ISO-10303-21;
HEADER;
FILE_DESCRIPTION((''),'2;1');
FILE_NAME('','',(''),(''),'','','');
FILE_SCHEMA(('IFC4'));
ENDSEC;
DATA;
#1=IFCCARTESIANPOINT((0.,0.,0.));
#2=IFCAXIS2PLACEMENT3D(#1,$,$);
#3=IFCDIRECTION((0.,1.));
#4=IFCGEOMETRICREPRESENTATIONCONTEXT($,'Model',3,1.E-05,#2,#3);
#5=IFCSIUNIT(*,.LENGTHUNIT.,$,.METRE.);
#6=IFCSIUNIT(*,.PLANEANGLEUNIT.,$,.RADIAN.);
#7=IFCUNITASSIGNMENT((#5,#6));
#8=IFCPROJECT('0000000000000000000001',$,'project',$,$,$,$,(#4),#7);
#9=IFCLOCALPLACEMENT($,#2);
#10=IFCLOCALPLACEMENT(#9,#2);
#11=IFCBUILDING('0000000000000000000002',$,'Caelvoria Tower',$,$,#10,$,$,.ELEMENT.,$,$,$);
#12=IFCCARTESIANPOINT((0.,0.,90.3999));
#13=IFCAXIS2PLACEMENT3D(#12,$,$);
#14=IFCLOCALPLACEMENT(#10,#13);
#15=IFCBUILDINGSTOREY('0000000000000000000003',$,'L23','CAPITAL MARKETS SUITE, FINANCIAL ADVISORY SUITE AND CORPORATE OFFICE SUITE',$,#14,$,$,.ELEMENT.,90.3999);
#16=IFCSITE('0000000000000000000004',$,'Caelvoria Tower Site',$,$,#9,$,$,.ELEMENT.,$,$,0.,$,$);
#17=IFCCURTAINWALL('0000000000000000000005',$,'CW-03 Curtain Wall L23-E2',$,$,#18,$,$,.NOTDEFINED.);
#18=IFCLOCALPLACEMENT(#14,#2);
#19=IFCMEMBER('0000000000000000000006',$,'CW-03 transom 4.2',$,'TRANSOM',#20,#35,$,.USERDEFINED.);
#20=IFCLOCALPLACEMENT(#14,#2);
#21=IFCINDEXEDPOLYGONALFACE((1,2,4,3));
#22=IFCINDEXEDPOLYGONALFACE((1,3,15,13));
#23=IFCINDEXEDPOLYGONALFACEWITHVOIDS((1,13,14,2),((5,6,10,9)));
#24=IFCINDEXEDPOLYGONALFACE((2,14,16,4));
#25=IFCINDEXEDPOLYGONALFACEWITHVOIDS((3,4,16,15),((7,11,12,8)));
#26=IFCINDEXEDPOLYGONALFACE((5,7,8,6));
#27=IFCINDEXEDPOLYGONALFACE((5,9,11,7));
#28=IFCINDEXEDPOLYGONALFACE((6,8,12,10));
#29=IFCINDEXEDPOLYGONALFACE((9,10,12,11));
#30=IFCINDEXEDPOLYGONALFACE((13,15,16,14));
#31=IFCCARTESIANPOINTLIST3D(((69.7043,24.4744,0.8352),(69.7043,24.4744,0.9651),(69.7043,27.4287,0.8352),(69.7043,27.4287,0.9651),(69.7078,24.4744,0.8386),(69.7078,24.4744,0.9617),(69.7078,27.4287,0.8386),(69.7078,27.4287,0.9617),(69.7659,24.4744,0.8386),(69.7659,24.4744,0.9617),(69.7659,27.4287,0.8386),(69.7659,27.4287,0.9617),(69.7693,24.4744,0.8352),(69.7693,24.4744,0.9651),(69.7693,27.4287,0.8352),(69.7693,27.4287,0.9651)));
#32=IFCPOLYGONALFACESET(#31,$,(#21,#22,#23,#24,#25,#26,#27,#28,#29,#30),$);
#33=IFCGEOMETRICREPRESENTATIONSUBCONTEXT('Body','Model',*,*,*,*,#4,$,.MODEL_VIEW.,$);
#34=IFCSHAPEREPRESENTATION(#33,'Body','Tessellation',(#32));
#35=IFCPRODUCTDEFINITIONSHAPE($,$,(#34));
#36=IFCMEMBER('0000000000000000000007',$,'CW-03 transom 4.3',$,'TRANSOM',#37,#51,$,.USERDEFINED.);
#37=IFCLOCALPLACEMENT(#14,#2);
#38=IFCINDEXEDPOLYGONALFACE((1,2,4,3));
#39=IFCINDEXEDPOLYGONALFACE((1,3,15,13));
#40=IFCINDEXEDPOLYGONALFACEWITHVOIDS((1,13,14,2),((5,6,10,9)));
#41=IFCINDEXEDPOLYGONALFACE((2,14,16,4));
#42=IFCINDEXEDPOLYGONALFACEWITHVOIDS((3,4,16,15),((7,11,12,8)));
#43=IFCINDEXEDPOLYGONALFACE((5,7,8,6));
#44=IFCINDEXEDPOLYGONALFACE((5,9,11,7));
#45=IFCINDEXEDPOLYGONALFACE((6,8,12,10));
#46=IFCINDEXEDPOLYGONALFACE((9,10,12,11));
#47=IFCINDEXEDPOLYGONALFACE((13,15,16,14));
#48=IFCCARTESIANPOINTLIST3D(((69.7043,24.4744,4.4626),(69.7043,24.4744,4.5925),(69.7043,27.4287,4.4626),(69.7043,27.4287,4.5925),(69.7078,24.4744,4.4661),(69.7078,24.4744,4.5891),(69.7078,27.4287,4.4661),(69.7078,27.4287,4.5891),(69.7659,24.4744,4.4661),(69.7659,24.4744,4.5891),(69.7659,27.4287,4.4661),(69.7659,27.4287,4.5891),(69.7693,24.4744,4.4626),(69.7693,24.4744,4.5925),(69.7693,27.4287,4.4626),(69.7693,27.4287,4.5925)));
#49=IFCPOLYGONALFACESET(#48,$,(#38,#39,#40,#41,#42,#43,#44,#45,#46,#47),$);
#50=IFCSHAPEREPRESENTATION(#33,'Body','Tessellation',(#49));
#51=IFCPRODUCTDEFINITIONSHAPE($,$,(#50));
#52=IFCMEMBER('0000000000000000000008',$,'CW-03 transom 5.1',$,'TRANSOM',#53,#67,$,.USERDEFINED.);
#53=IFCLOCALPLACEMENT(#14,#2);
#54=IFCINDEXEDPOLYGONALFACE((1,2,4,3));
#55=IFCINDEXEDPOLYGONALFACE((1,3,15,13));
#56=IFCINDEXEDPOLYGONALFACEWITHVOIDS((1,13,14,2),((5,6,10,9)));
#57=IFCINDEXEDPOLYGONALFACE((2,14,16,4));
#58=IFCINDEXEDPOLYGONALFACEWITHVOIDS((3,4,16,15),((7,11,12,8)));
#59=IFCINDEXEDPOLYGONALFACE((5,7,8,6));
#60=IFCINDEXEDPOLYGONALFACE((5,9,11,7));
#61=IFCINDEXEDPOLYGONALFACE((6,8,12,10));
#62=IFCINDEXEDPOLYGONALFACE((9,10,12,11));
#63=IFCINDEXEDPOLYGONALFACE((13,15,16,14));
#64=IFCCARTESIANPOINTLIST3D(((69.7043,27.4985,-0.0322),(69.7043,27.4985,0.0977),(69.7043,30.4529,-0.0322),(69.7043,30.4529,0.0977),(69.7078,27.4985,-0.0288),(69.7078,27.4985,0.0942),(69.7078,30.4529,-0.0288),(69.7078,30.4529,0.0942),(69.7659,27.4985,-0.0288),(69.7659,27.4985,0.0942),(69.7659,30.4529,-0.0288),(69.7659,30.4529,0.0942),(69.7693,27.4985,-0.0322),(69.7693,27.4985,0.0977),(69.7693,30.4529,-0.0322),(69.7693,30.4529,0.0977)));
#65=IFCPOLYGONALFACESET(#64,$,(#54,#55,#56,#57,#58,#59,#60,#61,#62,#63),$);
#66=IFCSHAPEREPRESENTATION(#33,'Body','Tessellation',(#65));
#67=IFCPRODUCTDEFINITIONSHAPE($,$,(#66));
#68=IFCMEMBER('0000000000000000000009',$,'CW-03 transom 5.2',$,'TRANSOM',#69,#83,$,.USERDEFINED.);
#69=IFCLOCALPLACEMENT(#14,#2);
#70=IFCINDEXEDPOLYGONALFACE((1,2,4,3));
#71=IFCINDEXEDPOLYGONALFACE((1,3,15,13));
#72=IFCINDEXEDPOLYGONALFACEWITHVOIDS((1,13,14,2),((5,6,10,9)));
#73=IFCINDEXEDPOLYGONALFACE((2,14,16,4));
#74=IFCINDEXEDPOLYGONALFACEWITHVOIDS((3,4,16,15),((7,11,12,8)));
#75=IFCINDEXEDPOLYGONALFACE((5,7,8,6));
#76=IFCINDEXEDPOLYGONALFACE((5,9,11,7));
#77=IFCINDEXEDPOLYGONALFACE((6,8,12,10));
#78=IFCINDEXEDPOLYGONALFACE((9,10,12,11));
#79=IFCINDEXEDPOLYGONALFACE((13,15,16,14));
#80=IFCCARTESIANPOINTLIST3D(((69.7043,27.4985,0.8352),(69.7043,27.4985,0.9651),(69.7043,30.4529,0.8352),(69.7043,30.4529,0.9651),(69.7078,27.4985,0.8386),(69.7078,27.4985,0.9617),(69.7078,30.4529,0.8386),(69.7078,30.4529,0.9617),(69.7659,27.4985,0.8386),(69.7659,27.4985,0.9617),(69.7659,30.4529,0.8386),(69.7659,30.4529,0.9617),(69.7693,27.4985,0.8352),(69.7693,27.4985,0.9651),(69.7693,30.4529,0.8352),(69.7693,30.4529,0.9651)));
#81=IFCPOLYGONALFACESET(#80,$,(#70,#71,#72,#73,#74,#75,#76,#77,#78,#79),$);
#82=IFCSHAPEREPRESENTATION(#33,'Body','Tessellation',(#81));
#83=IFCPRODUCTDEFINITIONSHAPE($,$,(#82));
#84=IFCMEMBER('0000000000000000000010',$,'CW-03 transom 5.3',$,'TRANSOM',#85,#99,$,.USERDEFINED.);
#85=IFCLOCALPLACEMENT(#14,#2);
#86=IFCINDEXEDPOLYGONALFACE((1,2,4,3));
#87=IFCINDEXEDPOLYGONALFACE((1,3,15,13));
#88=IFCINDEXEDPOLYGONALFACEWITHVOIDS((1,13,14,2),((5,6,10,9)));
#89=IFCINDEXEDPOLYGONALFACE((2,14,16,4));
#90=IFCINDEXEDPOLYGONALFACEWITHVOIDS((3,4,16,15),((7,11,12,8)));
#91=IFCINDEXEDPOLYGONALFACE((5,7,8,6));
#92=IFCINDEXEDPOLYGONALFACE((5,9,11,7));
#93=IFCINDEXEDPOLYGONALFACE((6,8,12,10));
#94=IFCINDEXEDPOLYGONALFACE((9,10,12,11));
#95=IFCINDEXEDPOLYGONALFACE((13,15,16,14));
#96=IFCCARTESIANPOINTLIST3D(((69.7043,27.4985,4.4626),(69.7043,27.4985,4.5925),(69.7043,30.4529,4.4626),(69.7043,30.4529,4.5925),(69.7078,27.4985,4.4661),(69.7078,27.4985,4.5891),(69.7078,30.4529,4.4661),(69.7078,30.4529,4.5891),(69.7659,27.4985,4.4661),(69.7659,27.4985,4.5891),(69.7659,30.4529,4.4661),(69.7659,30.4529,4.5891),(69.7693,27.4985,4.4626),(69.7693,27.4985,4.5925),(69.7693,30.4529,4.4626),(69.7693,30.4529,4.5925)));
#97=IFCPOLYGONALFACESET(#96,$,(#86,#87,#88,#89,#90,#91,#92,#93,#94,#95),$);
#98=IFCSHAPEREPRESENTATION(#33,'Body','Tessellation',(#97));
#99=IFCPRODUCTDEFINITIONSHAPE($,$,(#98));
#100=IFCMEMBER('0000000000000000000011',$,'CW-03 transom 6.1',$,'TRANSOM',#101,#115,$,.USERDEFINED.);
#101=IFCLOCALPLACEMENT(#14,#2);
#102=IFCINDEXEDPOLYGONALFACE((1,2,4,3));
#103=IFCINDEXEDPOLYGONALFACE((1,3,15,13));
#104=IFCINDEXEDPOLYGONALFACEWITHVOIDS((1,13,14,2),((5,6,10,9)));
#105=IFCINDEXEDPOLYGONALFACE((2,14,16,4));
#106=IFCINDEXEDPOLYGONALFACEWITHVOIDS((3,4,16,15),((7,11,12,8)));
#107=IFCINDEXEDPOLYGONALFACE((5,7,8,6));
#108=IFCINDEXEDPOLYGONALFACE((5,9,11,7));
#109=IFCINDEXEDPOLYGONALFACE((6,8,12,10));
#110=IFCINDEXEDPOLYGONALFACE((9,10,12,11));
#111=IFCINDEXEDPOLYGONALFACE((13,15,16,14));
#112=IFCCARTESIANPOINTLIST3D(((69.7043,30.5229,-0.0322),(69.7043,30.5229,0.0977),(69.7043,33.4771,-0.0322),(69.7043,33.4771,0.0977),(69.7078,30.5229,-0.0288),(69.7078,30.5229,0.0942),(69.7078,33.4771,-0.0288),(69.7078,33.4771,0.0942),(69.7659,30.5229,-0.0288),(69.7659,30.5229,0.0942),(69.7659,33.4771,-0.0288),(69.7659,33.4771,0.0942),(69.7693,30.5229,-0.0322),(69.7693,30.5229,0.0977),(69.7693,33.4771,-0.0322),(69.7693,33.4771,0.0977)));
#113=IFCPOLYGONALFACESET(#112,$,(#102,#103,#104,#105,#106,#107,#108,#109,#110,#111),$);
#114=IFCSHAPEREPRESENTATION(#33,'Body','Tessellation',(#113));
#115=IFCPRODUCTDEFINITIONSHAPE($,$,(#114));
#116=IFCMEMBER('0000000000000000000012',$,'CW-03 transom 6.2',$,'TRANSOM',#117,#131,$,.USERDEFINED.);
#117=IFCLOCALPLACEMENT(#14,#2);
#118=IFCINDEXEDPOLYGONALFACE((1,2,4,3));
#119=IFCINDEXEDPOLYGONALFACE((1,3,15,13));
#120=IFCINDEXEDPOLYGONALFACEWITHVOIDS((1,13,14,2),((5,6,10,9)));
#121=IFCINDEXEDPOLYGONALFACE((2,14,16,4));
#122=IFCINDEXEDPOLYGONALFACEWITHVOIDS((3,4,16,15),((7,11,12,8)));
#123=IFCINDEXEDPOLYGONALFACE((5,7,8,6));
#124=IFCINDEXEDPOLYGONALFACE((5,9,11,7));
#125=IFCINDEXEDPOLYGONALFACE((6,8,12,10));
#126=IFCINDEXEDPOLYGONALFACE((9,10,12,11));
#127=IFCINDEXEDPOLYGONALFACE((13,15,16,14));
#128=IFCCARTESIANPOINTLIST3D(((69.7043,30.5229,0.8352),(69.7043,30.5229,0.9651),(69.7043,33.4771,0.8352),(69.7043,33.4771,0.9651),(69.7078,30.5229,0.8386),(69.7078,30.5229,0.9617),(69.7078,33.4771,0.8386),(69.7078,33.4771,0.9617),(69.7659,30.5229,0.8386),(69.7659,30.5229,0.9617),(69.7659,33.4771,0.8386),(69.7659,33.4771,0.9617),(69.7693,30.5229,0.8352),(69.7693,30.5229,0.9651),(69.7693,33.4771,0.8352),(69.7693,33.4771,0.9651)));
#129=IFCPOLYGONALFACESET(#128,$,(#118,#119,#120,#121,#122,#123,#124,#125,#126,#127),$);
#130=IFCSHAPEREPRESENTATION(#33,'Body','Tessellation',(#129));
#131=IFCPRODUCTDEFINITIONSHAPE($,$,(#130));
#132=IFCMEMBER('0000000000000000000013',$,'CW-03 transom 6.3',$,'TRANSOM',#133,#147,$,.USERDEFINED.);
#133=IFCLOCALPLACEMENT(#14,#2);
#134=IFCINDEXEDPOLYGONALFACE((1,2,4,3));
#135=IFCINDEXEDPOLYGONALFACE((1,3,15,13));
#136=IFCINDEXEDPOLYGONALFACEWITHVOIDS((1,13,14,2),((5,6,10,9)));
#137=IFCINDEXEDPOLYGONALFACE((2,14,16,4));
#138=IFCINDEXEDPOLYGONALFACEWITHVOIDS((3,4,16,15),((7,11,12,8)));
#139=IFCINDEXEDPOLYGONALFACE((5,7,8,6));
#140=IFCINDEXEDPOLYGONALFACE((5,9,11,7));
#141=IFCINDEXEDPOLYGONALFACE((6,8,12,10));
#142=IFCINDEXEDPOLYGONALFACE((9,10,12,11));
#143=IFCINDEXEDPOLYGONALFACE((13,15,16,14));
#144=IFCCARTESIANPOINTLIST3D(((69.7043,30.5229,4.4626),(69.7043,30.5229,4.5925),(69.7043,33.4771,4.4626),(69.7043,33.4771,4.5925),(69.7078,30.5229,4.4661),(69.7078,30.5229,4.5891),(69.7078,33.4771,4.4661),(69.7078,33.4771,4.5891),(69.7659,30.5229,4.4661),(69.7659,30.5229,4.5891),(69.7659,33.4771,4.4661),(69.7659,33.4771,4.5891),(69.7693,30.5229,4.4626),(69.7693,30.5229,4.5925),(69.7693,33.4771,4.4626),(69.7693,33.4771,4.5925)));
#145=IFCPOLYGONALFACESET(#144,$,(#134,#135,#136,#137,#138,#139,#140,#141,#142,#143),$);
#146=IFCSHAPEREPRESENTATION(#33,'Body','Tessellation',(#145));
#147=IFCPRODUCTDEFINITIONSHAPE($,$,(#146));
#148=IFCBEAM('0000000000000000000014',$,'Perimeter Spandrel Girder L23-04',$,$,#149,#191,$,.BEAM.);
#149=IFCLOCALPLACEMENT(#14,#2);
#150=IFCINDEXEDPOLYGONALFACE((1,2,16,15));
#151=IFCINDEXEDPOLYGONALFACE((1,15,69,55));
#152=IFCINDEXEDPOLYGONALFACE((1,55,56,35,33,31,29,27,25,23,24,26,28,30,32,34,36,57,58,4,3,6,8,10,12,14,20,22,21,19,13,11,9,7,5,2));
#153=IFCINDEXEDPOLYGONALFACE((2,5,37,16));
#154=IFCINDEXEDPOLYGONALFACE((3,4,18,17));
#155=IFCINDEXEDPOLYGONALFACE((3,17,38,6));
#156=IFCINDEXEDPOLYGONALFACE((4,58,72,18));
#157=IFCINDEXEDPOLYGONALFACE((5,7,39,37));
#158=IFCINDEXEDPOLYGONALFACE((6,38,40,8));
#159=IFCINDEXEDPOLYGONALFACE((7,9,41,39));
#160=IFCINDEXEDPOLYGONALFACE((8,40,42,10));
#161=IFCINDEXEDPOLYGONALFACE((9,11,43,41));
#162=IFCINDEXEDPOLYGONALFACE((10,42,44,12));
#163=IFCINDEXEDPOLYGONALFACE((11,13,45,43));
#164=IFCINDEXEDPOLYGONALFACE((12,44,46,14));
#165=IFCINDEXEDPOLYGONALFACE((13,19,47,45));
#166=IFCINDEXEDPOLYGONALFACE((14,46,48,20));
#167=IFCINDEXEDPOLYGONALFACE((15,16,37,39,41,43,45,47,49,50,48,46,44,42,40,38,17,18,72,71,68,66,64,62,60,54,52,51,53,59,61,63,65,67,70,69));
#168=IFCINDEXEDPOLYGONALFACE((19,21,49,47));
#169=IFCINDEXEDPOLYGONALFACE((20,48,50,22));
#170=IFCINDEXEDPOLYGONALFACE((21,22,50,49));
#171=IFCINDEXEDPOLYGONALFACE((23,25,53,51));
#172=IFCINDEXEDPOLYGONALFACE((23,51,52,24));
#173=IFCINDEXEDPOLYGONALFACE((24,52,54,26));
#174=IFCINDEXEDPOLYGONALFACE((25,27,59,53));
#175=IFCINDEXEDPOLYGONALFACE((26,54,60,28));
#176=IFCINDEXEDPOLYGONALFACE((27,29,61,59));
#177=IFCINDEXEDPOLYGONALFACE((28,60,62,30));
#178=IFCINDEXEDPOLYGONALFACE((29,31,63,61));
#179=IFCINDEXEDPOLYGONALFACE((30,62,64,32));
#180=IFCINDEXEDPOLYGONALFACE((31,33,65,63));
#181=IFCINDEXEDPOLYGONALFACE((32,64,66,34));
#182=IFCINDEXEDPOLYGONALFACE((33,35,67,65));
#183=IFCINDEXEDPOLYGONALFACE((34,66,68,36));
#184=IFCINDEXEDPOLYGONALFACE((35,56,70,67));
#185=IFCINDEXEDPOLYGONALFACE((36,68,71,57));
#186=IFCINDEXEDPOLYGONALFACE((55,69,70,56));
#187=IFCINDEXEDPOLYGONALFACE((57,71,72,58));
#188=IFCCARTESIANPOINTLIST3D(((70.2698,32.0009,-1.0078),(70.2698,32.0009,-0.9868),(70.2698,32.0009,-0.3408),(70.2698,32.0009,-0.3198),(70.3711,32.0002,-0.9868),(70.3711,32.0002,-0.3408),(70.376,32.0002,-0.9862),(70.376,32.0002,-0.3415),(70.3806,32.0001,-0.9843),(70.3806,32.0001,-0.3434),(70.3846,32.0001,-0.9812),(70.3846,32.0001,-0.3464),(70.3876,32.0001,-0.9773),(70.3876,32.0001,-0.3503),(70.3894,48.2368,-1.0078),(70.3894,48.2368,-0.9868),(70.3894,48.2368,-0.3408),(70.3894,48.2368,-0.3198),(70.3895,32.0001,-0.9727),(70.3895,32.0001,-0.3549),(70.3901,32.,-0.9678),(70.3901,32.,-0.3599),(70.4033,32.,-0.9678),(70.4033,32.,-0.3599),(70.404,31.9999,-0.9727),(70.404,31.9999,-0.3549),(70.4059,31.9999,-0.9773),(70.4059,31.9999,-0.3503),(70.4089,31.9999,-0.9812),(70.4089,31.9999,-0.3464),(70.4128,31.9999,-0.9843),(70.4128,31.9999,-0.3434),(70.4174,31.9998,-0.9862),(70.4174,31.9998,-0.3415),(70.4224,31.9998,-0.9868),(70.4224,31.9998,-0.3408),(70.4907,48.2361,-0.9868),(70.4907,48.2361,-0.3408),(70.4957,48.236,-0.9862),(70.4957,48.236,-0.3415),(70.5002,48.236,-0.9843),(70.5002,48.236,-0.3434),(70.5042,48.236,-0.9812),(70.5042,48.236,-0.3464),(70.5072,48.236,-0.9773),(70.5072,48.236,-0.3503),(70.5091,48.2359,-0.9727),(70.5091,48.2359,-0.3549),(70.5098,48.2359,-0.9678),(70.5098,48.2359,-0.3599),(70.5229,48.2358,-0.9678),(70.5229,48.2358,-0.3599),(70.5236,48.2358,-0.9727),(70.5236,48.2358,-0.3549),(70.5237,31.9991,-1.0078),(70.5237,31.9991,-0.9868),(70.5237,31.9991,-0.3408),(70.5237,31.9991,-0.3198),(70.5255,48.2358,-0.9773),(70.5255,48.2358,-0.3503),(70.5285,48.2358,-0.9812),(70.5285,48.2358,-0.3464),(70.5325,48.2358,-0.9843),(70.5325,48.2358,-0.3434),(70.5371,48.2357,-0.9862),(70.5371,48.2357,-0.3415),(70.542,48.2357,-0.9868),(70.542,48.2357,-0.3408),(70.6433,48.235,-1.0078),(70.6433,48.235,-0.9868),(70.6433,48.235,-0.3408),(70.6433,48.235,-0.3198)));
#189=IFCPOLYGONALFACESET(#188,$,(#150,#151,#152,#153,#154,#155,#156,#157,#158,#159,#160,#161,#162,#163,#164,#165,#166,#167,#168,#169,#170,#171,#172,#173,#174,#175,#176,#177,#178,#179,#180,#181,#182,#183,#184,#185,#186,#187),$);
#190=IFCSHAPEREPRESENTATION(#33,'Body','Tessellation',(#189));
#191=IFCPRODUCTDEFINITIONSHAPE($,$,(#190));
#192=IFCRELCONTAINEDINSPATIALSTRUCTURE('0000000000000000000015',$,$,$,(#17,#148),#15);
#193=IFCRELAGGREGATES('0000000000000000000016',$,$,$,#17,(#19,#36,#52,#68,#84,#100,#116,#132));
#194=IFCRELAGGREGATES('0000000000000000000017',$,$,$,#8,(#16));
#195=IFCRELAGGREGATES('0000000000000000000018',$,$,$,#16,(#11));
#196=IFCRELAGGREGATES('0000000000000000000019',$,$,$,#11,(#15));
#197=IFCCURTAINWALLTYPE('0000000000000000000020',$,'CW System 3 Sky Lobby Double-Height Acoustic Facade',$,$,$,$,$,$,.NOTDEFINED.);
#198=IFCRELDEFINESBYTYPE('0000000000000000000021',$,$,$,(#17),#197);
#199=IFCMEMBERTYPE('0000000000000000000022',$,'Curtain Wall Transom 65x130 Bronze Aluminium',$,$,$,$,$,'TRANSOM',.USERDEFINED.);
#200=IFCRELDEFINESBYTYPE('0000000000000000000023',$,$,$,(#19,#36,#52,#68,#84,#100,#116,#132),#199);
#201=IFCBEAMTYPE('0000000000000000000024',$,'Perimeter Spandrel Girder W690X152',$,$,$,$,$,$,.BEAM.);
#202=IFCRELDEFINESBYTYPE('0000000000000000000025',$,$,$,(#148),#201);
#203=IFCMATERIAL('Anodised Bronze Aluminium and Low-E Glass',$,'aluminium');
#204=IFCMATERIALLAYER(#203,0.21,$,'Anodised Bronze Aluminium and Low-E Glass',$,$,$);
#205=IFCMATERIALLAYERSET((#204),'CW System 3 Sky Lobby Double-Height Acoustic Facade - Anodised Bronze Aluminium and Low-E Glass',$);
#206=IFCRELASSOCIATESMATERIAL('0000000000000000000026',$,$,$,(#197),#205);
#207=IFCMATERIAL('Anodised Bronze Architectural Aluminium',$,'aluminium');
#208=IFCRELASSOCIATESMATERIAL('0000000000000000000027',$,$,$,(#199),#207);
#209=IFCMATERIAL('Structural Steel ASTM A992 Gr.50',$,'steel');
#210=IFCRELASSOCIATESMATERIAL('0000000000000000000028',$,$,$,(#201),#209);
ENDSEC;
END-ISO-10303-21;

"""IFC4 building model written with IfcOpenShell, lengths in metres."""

from ifc_helpers import new_model, si_unit, direction, frame, origin, origin_2d, place, context, subcontext, project, spatial, hollow_rectangle, i_section, extrude, material, layer, layer_set, material_profile, profile_set, type_object, element, aggregate, save


model = new_model("IFC4")

# Units and contexts
model_context = context("Model", 3, precision=1e-05, world=origin(), true_north=direction((0.0, 1.0)))
body_context = subcontext(model_context, "Body", "Model", "MODEL_VIEW")
ifc_project = project(units=[si_unit("LENGTHUNIT", "METRE"), si_unit("PLANEANGLEUNIT", "RADIAN")], contexts=[model_context])

# Site, building, storey
site_placement = place(None, origin())
site = spatial("IfcSite", under=ifc_project, at=site_placement, Name="Caelvoria Tower Site", CompositionType="ELEMENT", RefElevation=0.0)
building_placement = place(site_placement, origin())
building = spatial("IfcBuilding", under=site, at=building_placement, Name="Caelvoria Tower", CompositionType="ELEMENT")
storey_placement = place(building_placement, frame((0.0, 0.0, 90.3999)))
storey = spatial("IfcBuildingStorey", under=building, at=storey_placement, Name="L23", Description="CAPITAL MARKETS SUITE, FINANCIAL ADVISORY SUITE AND CORPORATE OFFICE SUITE", CompositionType="ELEMENT", Elevation=90.3999)

# Curtain wall, members
ifc_material_1 = material(Name="Anodised Bronze Aluminium and Low-E Glass", Category="aluminium")
ifc_layer_1 = layer(ifc_material_1, 0.21, Name="Anodised Bronze Aluminium and Low-E Glass")
ifc_layer_set_1 = layer_set([ifc_layer_1], Name="CW System 3 Sky Lobby Double-Height Acoustic Facade - Anodised Bronze Aluminium and Low-E Glass")
curtain_wall_type = type_object("IfcCurtainWallType", Name="CW System 3 Sky Lobby Double-Height Acoustic Facade", PredefinedType="NOTDEFINED", material=ifc_layer_set_1)
curtain_wall_placement = place(storey_placement, origin())
curtain_wall = element("IfcCurtainWall", 1, at=curtain_wall_placement, inside=storey, type_object=curtain_wall_type, Name="CW-03 Curtain Wall L23-E2", PredefinedType="NOTDEFINED")
ifc_material_2 = material(Name="Anodised Bronze Architectural Aluminium", Category="aluminium")
ifc_material_profile_1 = material_profile(ifc_material_2, hollow_rectangle(XDim=0.0649, YDim=0.1299, WallThickness=0.0034, at=origin_2d()), Name="Anodised Bronze Architectural Aluminium")
ifc_profile_set_1 = profile_set([ifc_material_profile_1], Name="CW_TRAN_65X130 - Anodised Bronze Architectural Aluminium")
member_type_1 = type_object("IfcMemberType", Name="Curtain Wall Transom 65x130 Bronze Aluminium", ElementType="TRANSOM", PredefinedType="USERDEFINED", material=ifc_profile_set_1)
member_1_placement = place(storey_placement, frame((69.7368, 24.4744, 0.9001), z_axis=(0.0, 1.0, 0.0), x_axis=(-1.0, 0.0, 0.0)))
member_1 = element("IfcMember", 2, at=member_1_placement, type_object=member_type_1, Name="CW-03 transom 4.2", ObjectType="TRANSOM", PredefinedType="USERDEFINED", context=body_context, shape_type="SweptSolid", body=[
    extrude(hollow_rectangle(XDim=0.0649, YDim=0.1299, WallThickness=0.0034, at=origin_2d()), origin(), (0.0, 0.0, 1.0), 2.9543),
])
member_2_placement = place(storey_placement, frame((69.7368, 24.4744, 4.5276), z_axis=(0.0, 1.0, 0.0), x_axis=(-1.0, 0.0, 0.0)))
member_2 = element("IfcMember", 3, at=member_2_placement, type_object=member_type_1, Name="CW-03 transom 4.3", ObjectType="TRANSOM", PredefinedType="USERDEFINED", context=body_context, shape_type="SweptSolid", body=[
    extrude(hollow_rectangle(XDim=0.0649, YDim=0.1299, WallThickness=0.0034, at=origin_2d()), origin(), (0.0, 0.0, 1.0), 2.9543),
])
member_3_placement = place(storey_placement, frame((69.7368, 27.4985, 0.0327), z_axis=(0.0, 1.0, 0.0), x_axis=(-1.0, 0.0, 0.0)))
member_3 = element("IfcMember", 4, at=member_3_placement, type_object=member_type_1, Name="CW-03 transom 5.1", ObjectType="TRANSOM", PredefinedType="USERDEFINED", context=body_context, shape_type="SweptSolid", body=[
    extrude(hollow_rectangle(XDim=0.0649, YDim=0.1299, WallThickness=0.0034, at=origin_2d()), origin(), (0.0, 0.0, 1.0), 2.9543),
])
member_4_placement = place(storey_placement, frame((69.7368, 27.4985, 0.9001), z_axis=(0.0, 1.0, 0.0), x_axis=(-1.0, 0.0, 0.0)))
member_4 = element("IfcMember", 5, at=member_4_placement, type_object=member_type_1, Name="CW-03 transom 5.2", ObjectType="TRANSOM", PredefinedType="USERDEFINED", context=body_context, shape_type="SweptSolid", body=[
    extrude(hollow_rectangle(XDim=0.0649, YDim=0.1299, WallThickness=0.0034, at=origin_2d()), origin(), (0.0, 0.0, 1.0), 2.9543),
])
member_5_placement = place(storey_placement, frame((69.7368, 27.4985, 4.5276), z_axis=(0.0, 1.0, 0.0), x_axis=(-1.0, 0.0, 0.0)))
member_5 = element("IfcMember", 6, at=member_5_placement, type_object=member_type_1, Name="CW-03 transom 5.3", ObjectType="TRANSOM", PredefinedType="USERDEFINED", context=body_context, shape_type="SweptSolid", body=[
    extrude(hollow_rectangle(XDim=0.0649, YDim=0.1299, WallThickness=0.0034, at=origin_2d()), origin(), (0.0, 0.0, 1.0), 2.9543),
])
member_6_placement = place(storey_placement, frame((69.7368, 30.5229, 0.0327), z_axis=(0.0, 1.0, 0.0), x_axis=(-1.0, 0.0, 0.0)))
member_6 = element("IfcMember", 7, at=member_6_placement, type_object=member_type_1, Name="CW-03 transom 6.1", ObjectType="TRANSOM", PredefinedType="USERDEFINED", context=body_context, shape_type="SweptSolid", body=[
    extrude(hollow_rectangle(XDim=0.0649, YDim=0.1299, WallThickness=0.0034, at=origin_2d()), origin(), (0.0, 0.0, 1.0), 2.9541),
])
member_7_placement = place(storey_placement, frame((69.7368, 30.5229, 0.9001), z_axis=(0.0, 1.0, 0.0), x_axis=(-1.0, 0.0, 0.0)))
member_7 = element("IfcMember", 8, at=member_7_placement, type_object=member_type_1, Name="CW-03 transom 6.2", ObjectType="TRANSOM", PredefinedType="USERDEFINED", context=body_context, shape_type="SweptSolid", body=[
    extrude(hollow_rectangle(XDim=0.0649, YDim=0.1299, WallThickness=0.0034, at=origin_2d()), origin(), (0.0, 0.0, 1.0), 2.9541),
])
member_8_placement = place(storey_placement, frame((69.7368, 30.5229, 4.5276), z_axis=(0.0, 1.0, 0.0), x_axis=(-1.0, 0.0, 0.0)))
member_8 = element("IfcMember", 9, at=member_8_placement, type_object=member_type_1, Name="CW-03 transom 6.3", ObjectType="TRANSOM", PredefinedType="USERDEFINED", context=body_context, shape_type="SweptSolid", body=[
    extrude(hollow_rectangle(XDim=0.0649, YDim=0.1299, WallThickness=0.0034, at=origin_2d()), origin(), (0.0, 0.0, 1.0), 2.9541),
])

# Beam
ifc_material_3 = material(Name="Structural Steel ASTM A992 Gr.50", Category="steel")
ifc_material_profile_2 = material_profile(ifc_material_3, i_section(OverallWidth=0.2539, OverallDepth=0.688, WebThickness=0.0132, FlangeThickness=0.021, FilletRadius=0.019, at=origin_2d()), Name="Structural Steel ASTM A992 Gr.50")
ifc_profile_set_2 = profile_set([ifc_material_profile_2], Name="W690X152 - Structural Steel ASTM A992 Gr.50")
beam_type = type_object("IfcBeamType", Name="Perimeter Spandrel Girder W690X152", PredefinedType="BEAM", material=ifc_profile_set_2)
beam_placement = place(storey_placement, frame((70.3967, 32.0, -0.6638), z_axis=(0.007368, 0.999973, 0.0), x_axis=(-0.999973, 0.007368, 0.0)))
element("IfcBeam", 10, at=beam_placement, inside=storey, type_object=beam_type, Name="Perimeter Spandrel Girder L23-04", PredefinedType="BEAM", context=body_context, shape_type="SweptSolid", body=[
    extrude(i_section(OverallWidth=0.2539, OverallDepth=0.688, WebThickness=0.0132, FlangeThickness=0.021, FilletRadius=0.019, at=origin_2d()), origin(), (0.0, 0.0, 1.0), 16.2363),
])

aggregate(curtain_wall, [member_1, member_2, member_3, member_4, member_5, member_6, member_7, member_8])

save(model, "model.ifc")
